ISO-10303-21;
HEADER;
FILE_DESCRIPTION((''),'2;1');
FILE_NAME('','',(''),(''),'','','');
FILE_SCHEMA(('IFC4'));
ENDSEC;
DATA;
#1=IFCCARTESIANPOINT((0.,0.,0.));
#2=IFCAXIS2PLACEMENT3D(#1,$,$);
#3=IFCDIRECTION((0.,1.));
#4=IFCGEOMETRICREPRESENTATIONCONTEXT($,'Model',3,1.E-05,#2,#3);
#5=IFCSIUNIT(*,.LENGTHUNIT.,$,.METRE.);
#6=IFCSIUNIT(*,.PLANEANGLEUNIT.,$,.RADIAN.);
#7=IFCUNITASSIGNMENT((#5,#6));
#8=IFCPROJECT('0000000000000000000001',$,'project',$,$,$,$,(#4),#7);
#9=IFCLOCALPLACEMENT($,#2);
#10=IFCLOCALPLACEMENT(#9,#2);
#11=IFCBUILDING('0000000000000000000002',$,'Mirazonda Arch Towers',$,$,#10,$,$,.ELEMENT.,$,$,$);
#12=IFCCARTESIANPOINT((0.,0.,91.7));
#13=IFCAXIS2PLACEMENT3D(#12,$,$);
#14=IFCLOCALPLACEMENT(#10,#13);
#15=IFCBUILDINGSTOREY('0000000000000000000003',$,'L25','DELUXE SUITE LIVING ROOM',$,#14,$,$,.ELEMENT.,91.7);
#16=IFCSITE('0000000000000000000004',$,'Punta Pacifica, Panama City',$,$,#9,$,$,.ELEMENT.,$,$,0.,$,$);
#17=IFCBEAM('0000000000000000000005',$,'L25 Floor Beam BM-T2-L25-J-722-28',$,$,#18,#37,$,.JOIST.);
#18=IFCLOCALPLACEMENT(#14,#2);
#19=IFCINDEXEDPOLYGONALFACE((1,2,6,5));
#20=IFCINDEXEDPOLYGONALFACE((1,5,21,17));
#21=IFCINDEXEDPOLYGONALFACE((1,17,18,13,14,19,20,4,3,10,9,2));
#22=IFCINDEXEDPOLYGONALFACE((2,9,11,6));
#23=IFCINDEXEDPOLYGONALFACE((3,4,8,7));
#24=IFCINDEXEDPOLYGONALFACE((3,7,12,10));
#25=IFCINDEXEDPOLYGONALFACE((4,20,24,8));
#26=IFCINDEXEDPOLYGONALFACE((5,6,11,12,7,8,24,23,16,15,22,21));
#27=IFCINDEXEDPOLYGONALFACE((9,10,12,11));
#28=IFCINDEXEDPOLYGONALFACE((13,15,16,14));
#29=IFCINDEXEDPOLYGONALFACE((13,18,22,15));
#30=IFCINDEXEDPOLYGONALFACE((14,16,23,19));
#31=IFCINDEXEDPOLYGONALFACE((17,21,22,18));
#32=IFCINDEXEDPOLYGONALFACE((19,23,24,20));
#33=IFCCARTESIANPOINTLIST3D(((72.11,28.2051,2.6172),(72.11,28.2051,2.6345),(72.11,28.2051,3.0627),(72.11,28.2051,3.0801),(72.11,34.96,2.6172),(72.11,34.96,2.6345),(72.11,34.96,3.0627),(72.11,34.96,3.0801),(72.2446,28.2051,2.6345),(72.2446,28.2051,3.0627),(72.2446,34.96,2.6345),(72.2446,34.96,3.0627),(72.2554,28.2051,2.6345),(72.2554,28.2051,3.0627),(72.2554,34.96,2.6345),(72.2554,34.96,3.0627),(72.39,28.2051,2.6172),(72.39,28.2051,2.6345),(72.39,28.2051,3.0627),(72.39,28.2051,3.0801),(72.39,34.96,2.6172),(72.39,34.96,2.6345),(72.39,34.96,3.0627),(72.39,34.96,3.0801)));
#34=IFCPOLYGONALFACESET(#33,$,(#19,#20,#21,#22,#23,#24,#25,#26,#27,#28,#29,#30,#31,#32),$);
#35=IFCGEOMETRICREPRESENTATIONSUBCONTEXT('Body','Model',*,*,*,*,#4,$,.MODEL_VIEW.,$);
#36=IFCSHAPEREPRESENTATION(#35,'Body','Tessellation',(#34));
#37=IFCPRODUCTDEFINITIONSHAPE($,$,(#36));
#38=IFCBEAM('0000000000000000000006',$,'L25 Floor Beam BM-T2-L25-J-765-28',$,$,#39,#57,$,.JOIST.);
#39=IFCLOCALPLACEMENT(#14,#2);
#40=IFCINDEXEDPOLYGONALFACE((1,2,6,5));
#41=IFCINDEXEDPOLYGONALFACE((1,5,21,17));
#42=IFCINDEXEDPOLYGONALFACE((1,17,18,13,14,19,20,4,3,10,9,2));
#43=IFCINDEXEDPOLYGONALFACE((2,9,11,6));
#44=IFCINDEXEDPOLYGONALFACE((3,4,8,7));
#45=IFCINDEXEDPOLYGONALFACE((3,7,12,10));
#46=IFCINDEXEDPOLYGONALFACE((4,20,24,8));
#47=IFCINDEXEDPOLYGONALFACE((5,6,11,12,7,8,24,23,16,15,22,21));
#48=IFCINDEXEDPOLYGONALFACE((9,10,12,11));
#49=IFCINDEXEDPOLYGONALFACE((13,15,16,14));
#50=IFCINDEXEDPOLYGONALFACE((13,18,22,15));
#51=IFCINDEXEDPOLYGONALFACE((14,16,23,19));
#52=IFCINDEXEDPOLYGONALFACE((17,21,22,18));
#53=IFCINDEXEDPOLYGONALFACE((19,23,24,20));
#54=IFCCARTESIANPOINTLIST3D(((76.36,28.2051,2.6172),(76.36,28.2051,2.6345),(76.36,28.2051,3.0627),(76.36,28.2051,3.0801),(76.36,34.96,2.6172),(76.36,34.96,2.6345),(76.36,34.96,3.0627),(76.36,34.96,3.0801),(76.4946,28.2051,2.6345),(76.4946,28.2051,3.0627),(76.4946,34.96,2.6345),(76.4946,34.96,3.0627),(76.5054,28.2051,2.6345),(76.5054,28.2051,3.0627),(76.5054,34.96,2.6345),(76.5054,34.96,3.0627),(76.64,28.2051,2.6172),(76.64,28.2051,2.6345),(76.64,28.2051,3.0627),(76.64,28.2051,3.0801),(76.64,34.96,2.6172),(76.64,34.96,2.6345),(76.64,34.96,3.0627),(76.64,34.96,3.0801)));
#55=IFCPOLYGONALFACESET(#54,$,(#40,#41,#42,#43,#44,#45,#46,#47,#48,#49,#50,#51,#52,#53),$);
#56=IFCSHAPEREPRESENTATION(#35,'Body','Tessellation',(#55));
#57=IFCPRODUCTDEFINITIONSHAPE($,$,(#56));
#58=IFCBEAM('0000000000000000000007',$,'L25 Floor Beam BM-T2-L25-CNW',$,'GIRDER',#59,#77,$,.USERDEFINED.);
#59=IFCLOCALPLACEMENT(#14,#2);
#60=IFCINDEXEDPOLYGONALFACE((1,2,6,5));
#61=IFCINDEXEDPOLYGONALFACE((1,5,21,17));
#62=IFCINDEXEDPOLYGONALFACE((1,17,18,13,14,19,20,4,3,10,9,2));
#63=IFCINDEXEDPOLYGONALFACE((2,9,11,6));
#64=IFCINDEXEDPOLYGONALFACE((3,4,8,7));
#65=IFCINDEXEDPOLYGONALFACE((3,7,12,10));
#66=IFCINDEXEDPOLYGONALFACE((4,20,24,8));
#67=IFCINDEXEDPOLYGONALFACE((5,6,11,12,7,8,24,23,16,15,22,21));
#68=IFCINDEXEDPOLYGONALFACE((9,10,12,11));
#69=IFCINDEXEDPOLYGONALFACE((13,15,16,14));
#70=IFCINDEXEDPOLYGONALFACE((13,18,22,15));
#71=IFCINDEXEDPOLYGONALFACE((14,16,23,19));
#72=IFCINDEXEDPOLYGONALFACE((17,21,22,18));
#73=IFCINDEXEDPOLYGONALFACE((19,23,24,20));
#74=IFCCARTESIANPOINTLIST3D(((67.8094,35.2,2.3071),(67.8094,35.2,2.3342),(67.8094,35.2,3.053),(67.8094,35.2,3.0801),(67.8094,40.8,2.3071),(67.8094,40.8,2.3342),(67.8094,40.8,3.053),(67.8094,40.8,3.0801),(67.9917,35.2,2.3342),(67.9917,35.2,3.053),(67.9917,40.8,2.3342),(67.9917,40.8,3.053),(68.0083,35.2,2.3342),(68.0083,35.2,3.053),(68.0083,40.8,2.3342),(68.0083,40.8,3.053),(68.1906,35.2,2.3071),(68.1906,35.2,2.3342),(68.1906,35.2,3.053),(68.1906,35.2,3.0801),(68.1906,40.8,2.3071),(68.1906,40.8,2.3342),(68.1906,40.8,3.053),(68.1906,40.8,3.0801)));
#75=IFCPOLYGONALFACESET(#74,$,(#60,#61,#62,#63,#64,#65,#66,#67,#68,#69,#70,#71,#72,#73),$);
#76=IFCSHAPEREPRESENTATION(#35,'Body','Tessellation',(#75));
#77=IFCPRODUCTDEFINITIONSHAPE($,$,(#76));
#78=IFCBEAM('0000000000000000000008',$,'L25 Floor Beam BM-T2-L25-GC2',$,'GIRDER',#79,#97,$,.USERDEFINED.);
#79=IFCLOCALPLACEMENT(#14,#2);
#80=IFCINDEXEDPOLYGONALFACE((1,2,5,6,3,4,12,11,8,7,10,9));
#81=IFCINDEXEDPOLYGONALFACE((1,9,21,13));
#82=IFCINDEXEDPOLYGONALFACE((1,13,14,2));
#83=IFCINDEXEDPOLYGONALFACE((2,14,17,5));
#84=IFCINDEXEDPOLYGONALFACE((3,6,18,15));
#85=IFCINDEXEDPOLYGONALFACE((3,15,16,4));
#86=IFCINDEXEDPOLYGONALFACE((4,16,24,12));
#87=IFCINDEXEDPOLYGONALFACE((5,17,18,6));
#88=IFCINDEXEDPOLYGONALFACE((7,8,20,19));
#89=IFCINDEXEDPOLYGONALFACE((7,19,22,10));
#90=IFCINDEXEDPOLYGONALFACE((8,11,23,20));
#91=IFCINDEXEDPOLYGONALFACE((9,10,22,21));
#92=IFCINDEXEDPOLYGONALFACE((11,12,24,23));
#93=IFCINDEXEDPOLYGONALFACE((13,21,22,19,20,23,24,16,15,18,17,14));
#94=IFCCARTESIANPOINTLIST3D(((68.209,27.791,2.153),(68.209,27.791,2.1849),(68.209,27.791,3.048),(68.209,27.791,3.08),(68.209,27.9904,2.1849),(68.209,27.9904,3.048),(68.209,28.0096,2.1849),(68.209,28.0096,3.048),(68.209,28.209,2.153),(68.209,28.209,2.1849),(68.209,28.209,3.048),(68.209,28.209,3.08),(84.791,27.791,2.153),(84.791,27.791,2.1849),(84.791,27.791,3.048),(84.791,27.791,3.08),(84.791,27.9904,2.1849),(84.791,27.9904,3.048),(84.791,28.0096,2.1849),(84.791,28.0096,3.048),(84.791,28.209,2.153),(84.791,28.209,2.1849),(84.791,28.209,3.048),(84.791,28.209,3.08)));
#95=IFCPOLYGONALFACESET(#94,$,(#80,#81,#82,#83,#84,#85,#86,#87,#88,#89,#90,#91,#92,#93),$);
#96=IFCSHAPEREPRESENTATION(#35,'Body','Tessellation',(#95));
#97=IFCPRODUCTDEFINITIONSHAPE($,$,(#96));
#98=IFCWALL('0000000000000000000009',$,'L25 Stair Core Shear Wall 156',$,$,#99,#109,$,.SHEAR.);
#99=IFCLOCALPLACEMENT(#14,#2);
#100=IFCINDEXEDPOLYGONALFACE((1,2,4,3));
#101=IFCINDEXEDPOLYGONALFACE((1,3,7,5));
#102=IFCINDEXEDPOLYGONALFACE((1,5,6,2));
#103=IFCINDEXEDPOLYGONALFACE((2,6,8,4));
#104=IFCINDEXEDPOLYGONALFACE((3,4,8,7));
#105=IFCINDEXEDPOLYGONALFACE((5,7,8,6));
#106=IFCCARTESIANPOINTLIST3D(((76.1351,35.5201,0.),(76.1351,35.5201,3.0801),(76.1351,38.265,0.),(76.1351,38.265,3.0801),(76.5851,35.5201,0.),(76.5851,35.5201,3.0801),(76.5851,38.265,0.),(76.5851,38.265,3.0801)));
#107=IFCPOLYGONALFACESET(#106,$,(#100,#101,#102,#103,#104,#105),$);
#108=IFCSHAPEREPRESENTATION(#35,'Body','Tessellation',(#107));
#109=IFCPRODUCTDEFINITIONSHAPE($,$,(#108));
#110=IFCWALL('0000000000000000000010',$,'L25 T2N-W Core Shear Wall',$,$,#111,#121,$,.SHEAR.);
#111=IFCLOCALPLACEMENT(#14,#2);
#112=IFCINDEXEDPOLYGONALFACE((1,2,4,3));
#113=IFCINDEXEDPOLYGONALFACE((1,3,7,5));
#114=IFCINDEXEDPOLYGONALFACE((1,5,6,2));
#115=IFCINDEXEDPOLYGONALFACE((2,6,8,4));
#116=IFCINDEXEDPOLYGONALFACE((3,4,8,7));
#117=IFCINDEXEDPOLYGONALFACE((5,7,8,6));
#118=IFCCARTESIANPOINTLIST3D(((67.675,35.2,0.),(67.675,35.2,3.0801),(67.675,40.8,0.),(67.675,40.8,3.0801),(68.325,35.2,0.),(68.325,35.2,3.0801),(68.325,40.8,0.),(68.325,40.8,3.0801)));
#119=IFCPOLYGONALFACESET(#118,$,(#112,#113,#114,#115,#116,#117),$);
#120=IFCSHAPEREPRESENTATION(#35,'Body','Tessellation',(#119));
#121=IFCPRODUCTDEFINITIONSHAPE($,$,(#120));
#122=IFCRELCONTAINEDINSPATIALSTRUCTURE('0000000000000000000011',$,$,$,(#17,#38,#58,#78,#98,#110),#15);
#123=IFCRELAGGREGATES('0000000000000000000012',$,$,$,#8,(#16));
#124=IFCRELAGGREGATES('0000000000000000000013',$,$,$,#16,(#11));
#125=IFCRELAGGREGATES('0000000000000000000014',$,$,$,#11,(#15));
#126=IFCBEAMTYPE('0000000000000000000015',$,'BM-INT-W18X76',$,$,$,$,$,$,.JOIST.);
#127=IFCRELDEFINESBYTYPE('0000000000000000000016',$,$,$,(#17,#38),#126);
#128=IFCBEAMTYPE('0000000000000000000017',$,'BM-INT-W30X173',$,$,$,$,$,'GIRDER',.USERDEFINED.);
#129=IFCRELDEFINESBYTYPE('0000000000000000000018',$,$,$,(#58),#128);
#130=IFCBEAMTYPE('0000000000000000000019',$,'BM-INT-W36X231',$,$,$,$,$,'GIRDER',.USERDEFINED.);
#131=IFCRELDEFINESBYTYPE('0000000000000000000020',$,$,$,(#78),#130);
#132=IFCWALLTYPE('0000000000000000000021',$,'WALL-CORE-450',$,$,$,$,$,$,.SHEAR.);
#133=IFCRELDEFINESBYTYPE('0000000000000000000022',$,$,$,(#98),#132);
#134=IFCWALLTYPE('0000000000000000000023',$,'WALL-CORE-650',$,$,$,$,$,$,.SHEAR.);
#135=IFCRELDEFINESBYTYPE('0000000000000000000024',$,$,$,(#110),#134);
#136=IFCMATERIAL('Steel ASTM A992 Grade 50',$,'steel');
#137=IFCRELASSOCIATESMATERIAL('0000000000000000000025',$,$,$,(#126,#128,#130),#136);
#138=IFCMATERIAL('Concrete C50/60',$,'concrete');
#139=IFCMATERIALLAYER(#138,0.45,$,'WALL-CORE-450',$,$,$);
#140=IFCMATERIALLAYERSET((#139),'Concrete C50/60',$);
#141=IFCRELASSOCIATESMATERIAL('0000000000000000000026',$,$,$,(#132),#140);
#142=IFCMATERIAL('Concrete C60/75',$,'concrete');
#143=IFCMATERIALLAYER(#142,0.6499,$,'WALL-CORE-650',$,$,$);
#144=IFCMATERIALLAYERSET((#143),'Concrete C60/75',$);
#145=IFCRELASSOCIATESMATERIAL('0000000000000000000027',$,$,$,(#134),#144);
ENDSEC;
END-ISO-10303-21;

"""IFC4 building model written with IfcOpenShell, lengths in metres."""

from ifc_helpers import new_model, si_unit, direction, frame, frame_2d, origin, origin_2d, place, context, subcontext, project, spatial, rectangle, i_section, extrude, material, layer, layer_set, material_profile, profile_set, type_object, element, save


model = new_model("IFC4")

# Units and contexts
model_context = context("Model", 3, precision=1e-05, world=origin(), true_north=direction((0.0, 1.0)))
body_context = subcontext(model_context, "Body", "Model", "MODEL_VIEW")
ifc_project = project(units=[si_unit("LENGTHUNIT", "METRE"), si_unit("PLANEANGLEUNIT", "RADIAN")], contexts=[model_context])

# Site, building, storey
site_placement = place(None, origin())
site = spatial("IfcSite", under=ifc_project, at=site_placement, Name="Punta Pacifica, Panama City", CompositionType="ELEMENT", RefElevation=0.0)
building_placement = place(site_placement, origin())
building = spatial("IfcBuilding", under=site, at=building_placement, Name="Mirazonda Arch Towers", CompositionType="ELEMENT")
storey_placement = place(building_placement, frame((0.0, 0.0, 91.7)))
storey = spatial("IfcBuildingStorey", under=building, at=storey_placement, Name="L25", Description="DELUXE SUITE LIVING ROOM", CompositionType="ELEMENT", Elevation=91.7)

# Beams
ifc_material_1 = material(Name="Steel ASTM A992 Grade 50", Category="steel")
ifc_material_profile_1 = material_profile(ifc_material_1, i_section(OverallWidth=0.28, OverallDepth=0.4629, WebThickness=0.0107, FlangeThickness=0.0173, at=origin_2d()), Name="W18X76")
ifc_profile_set_1 = profile_set([ifc_material_profile_1], Name="Steel ASTM A992 Grade 50")
beam_type_1 = type_object("IfcBeamType", Name="BM-INT-W18X76", PredefinedType="JOIST", material=ifc_profile_set_1)
for number, where, z_axis, x_axis, name in (
    (1, (72.25, 28.2051, 2.8486), (0.0, 1.0, 0.0), (-1.0, 0.0, 0.0), "L25 Floor Beam BM-T2-L25-J-722-28"),
    (2, (76.5, 28.2051, 2.8486), (0.0, 1.0, 0.0), (-1.0, 0.0, 0.0), "L25 Floor Beam BM-T2-L25-J-765-28"),
):
    element("IfcBeam", number, at=place(storey_placement, frame(where, z_axis=z_axis, x_axis=x_axis)), inside=storey, type_object=beam_type_1, Name=name, PredefinedType="JOIST", context=body_context, shape_type="SweptSolid", body=[
        extrude(i_section(OverallWidth=0.28, OverallDepth=0.4629, WebThickness=0.0107, FlangeThickness=0.0173, at=origin_2d()), origin(), (0.0, 0.0, 1.0), 6.7549),
    ])
ifc_material_profile_2 = material_profile(ifc_material_1, i_section(OverallWidth=0.3811, OverallDepth=0.7729, WebThickness=0.0166, FlangeThickness=0.0271, at=origin_2d()), Name="W30X173")
ifc_profile_set_2 = profile_set([ifc_material_profile_2], Name="Steel ASTM A992 Grade 50")
beam_type_2 = type_object("IfcBeamType", Name="BM-INT-W30X173", ElementType="GIRDER", PredefinedType="USERDEFINED", material=ifc_profile_set_2)
beam_1_placement = place(storey_placement, frame((68.0, 35.2, 2.6936), z_axis=(0.0, 1.0, 0.0), x_axis=(-1.0, 0.0, 0.0)))
element("IfcBeam", 3, at=beam_1_placement, inside=storey, type_object=beam_type_2, Name="L25 Floor Beam BM-T2-L25-CNW", ObjectType="GIRDER", PredefinedType="USERDEFINED", context=body_context, shape_type="SweptSolid", body=[
    extrude(i_section(OverallWidth=0.3811, OverallDepth=0.7729, WebThickness=0.0166, FlangeThickness=0.0271, at=origin_2d()), origin(), (0.0, 0.0, 1.0), 5.6001),
])
ifc_material_profile_3 = material_profile(ifc_material_1, i_section(OverallWidth=0.418, OverallDepth=0.927, WebThickness=0.0193, FlangeThickness=0.032, at=origin_2d()), Name="W36X231")
ifc_profile_set_3 = profile_set([ifc_material_profile_3], Name="Steel ASTM A992 Grade 50")
beam_type_3 = type_object("IfcBeamType", Name="BM-INT-W36X231", ElementType="GIRDER", PredefinedType="USERDEFINED", material=ifc_profile_set_3)
beam_2_placement = place(storey_placement, frame((68.209, 28.0, 2.6165), z_axis=(1.0, 0.0, 0.0), x_axis=(0.0, 1.0, 0.0)))
element("IfcBeam", 4, at=beam_2_placement, inside=storey, type_object=beam_type_3, Name="L25 Floor Beam BM-T2-L25-GC2", ObjectType="GIRDER", PredefinedType="USERDEFINED", context=body_context, shape_type="SweptSolid", body=[
    extrude(i_section(OverallWidth=0.418, OverallDepth=0.927, WebThickness=0.0193, FlangeThickness=0.032, at=origin_2d()), origin(), (0.0, 0.0, 1.0), 16.582),
])

# Walls
ifc_material_2 = material(Name="Concrete C50/60", Category="concrete")
ifc_layer_1 = layer(ifc_material_2, 0.45, Name="WALL-CORE-450")
ifc_layer_set_1 = layer_set([ifc_layer_1], Name="Concrete C50/60")
wall_type_1 = type_object("IfcWallType", Name="WALL-CORE-450", PredefinedType="SHEAR", material=ifc_layer_set_1)
wall_1_placement = place(storey_placement, frame((76.3601, 35.52, 0.0), z_axis=(0.0, 0.0, 1.0), x_axis=(0.0, 1.0, 0.0)))
element("IfcWall", 5, at=wall_1_placement, inside=storey, type_object=wall_type_1, Name="L25 Stair Core Shear Wall 156", PredefinedType="SHEAR", context=body_context, shape_type="SweptSolid", body=[
    extrude(rectangle(XDim=2.7449, YDim=0.45, at=frame_2d((1.3726, 0.0))), origin(), (0.0, 0.0, 1.0), 3.0801),
])
ifc_material_3 = material(Name="Concrete C60/75", Category="concrete")
ifc_layer_2 = layer(ifc_material_3, 0.6499, Name="WALL-CORE-650")
ifc_layer_set_2 = layer_set([ifc_layer_2], Name="Concrete C60/75")
wall_type_2 = type_object("IfcWallType", Name="WALL-CORE-650", PredefinedType="SHEAR", material=ifc_layer_set_2)
wall_2_placement = place(storey_placement, frame((68.0, 35.2, 0.0), z_axis=(0.0, 0.0, 1.0), x_axis=(0.0, 1.0, 0.0)))
element("IfcWall", 6, at=wall_2_placement, inside=storey, type_object=wall_type_2, Name="L25 T2N-W Core Shear Wall", PredefinedType="SHEAR", context=body_context, shape_type="SweptSolid", body=[
    extrude(rectangle(XDim=5.6001, YDim=0.6499, at=frame_2d((2.8, 0.0))), origin(), (0.0, 0.0, 1.0), 3.0801),
])

save(model, "model.ifc")
